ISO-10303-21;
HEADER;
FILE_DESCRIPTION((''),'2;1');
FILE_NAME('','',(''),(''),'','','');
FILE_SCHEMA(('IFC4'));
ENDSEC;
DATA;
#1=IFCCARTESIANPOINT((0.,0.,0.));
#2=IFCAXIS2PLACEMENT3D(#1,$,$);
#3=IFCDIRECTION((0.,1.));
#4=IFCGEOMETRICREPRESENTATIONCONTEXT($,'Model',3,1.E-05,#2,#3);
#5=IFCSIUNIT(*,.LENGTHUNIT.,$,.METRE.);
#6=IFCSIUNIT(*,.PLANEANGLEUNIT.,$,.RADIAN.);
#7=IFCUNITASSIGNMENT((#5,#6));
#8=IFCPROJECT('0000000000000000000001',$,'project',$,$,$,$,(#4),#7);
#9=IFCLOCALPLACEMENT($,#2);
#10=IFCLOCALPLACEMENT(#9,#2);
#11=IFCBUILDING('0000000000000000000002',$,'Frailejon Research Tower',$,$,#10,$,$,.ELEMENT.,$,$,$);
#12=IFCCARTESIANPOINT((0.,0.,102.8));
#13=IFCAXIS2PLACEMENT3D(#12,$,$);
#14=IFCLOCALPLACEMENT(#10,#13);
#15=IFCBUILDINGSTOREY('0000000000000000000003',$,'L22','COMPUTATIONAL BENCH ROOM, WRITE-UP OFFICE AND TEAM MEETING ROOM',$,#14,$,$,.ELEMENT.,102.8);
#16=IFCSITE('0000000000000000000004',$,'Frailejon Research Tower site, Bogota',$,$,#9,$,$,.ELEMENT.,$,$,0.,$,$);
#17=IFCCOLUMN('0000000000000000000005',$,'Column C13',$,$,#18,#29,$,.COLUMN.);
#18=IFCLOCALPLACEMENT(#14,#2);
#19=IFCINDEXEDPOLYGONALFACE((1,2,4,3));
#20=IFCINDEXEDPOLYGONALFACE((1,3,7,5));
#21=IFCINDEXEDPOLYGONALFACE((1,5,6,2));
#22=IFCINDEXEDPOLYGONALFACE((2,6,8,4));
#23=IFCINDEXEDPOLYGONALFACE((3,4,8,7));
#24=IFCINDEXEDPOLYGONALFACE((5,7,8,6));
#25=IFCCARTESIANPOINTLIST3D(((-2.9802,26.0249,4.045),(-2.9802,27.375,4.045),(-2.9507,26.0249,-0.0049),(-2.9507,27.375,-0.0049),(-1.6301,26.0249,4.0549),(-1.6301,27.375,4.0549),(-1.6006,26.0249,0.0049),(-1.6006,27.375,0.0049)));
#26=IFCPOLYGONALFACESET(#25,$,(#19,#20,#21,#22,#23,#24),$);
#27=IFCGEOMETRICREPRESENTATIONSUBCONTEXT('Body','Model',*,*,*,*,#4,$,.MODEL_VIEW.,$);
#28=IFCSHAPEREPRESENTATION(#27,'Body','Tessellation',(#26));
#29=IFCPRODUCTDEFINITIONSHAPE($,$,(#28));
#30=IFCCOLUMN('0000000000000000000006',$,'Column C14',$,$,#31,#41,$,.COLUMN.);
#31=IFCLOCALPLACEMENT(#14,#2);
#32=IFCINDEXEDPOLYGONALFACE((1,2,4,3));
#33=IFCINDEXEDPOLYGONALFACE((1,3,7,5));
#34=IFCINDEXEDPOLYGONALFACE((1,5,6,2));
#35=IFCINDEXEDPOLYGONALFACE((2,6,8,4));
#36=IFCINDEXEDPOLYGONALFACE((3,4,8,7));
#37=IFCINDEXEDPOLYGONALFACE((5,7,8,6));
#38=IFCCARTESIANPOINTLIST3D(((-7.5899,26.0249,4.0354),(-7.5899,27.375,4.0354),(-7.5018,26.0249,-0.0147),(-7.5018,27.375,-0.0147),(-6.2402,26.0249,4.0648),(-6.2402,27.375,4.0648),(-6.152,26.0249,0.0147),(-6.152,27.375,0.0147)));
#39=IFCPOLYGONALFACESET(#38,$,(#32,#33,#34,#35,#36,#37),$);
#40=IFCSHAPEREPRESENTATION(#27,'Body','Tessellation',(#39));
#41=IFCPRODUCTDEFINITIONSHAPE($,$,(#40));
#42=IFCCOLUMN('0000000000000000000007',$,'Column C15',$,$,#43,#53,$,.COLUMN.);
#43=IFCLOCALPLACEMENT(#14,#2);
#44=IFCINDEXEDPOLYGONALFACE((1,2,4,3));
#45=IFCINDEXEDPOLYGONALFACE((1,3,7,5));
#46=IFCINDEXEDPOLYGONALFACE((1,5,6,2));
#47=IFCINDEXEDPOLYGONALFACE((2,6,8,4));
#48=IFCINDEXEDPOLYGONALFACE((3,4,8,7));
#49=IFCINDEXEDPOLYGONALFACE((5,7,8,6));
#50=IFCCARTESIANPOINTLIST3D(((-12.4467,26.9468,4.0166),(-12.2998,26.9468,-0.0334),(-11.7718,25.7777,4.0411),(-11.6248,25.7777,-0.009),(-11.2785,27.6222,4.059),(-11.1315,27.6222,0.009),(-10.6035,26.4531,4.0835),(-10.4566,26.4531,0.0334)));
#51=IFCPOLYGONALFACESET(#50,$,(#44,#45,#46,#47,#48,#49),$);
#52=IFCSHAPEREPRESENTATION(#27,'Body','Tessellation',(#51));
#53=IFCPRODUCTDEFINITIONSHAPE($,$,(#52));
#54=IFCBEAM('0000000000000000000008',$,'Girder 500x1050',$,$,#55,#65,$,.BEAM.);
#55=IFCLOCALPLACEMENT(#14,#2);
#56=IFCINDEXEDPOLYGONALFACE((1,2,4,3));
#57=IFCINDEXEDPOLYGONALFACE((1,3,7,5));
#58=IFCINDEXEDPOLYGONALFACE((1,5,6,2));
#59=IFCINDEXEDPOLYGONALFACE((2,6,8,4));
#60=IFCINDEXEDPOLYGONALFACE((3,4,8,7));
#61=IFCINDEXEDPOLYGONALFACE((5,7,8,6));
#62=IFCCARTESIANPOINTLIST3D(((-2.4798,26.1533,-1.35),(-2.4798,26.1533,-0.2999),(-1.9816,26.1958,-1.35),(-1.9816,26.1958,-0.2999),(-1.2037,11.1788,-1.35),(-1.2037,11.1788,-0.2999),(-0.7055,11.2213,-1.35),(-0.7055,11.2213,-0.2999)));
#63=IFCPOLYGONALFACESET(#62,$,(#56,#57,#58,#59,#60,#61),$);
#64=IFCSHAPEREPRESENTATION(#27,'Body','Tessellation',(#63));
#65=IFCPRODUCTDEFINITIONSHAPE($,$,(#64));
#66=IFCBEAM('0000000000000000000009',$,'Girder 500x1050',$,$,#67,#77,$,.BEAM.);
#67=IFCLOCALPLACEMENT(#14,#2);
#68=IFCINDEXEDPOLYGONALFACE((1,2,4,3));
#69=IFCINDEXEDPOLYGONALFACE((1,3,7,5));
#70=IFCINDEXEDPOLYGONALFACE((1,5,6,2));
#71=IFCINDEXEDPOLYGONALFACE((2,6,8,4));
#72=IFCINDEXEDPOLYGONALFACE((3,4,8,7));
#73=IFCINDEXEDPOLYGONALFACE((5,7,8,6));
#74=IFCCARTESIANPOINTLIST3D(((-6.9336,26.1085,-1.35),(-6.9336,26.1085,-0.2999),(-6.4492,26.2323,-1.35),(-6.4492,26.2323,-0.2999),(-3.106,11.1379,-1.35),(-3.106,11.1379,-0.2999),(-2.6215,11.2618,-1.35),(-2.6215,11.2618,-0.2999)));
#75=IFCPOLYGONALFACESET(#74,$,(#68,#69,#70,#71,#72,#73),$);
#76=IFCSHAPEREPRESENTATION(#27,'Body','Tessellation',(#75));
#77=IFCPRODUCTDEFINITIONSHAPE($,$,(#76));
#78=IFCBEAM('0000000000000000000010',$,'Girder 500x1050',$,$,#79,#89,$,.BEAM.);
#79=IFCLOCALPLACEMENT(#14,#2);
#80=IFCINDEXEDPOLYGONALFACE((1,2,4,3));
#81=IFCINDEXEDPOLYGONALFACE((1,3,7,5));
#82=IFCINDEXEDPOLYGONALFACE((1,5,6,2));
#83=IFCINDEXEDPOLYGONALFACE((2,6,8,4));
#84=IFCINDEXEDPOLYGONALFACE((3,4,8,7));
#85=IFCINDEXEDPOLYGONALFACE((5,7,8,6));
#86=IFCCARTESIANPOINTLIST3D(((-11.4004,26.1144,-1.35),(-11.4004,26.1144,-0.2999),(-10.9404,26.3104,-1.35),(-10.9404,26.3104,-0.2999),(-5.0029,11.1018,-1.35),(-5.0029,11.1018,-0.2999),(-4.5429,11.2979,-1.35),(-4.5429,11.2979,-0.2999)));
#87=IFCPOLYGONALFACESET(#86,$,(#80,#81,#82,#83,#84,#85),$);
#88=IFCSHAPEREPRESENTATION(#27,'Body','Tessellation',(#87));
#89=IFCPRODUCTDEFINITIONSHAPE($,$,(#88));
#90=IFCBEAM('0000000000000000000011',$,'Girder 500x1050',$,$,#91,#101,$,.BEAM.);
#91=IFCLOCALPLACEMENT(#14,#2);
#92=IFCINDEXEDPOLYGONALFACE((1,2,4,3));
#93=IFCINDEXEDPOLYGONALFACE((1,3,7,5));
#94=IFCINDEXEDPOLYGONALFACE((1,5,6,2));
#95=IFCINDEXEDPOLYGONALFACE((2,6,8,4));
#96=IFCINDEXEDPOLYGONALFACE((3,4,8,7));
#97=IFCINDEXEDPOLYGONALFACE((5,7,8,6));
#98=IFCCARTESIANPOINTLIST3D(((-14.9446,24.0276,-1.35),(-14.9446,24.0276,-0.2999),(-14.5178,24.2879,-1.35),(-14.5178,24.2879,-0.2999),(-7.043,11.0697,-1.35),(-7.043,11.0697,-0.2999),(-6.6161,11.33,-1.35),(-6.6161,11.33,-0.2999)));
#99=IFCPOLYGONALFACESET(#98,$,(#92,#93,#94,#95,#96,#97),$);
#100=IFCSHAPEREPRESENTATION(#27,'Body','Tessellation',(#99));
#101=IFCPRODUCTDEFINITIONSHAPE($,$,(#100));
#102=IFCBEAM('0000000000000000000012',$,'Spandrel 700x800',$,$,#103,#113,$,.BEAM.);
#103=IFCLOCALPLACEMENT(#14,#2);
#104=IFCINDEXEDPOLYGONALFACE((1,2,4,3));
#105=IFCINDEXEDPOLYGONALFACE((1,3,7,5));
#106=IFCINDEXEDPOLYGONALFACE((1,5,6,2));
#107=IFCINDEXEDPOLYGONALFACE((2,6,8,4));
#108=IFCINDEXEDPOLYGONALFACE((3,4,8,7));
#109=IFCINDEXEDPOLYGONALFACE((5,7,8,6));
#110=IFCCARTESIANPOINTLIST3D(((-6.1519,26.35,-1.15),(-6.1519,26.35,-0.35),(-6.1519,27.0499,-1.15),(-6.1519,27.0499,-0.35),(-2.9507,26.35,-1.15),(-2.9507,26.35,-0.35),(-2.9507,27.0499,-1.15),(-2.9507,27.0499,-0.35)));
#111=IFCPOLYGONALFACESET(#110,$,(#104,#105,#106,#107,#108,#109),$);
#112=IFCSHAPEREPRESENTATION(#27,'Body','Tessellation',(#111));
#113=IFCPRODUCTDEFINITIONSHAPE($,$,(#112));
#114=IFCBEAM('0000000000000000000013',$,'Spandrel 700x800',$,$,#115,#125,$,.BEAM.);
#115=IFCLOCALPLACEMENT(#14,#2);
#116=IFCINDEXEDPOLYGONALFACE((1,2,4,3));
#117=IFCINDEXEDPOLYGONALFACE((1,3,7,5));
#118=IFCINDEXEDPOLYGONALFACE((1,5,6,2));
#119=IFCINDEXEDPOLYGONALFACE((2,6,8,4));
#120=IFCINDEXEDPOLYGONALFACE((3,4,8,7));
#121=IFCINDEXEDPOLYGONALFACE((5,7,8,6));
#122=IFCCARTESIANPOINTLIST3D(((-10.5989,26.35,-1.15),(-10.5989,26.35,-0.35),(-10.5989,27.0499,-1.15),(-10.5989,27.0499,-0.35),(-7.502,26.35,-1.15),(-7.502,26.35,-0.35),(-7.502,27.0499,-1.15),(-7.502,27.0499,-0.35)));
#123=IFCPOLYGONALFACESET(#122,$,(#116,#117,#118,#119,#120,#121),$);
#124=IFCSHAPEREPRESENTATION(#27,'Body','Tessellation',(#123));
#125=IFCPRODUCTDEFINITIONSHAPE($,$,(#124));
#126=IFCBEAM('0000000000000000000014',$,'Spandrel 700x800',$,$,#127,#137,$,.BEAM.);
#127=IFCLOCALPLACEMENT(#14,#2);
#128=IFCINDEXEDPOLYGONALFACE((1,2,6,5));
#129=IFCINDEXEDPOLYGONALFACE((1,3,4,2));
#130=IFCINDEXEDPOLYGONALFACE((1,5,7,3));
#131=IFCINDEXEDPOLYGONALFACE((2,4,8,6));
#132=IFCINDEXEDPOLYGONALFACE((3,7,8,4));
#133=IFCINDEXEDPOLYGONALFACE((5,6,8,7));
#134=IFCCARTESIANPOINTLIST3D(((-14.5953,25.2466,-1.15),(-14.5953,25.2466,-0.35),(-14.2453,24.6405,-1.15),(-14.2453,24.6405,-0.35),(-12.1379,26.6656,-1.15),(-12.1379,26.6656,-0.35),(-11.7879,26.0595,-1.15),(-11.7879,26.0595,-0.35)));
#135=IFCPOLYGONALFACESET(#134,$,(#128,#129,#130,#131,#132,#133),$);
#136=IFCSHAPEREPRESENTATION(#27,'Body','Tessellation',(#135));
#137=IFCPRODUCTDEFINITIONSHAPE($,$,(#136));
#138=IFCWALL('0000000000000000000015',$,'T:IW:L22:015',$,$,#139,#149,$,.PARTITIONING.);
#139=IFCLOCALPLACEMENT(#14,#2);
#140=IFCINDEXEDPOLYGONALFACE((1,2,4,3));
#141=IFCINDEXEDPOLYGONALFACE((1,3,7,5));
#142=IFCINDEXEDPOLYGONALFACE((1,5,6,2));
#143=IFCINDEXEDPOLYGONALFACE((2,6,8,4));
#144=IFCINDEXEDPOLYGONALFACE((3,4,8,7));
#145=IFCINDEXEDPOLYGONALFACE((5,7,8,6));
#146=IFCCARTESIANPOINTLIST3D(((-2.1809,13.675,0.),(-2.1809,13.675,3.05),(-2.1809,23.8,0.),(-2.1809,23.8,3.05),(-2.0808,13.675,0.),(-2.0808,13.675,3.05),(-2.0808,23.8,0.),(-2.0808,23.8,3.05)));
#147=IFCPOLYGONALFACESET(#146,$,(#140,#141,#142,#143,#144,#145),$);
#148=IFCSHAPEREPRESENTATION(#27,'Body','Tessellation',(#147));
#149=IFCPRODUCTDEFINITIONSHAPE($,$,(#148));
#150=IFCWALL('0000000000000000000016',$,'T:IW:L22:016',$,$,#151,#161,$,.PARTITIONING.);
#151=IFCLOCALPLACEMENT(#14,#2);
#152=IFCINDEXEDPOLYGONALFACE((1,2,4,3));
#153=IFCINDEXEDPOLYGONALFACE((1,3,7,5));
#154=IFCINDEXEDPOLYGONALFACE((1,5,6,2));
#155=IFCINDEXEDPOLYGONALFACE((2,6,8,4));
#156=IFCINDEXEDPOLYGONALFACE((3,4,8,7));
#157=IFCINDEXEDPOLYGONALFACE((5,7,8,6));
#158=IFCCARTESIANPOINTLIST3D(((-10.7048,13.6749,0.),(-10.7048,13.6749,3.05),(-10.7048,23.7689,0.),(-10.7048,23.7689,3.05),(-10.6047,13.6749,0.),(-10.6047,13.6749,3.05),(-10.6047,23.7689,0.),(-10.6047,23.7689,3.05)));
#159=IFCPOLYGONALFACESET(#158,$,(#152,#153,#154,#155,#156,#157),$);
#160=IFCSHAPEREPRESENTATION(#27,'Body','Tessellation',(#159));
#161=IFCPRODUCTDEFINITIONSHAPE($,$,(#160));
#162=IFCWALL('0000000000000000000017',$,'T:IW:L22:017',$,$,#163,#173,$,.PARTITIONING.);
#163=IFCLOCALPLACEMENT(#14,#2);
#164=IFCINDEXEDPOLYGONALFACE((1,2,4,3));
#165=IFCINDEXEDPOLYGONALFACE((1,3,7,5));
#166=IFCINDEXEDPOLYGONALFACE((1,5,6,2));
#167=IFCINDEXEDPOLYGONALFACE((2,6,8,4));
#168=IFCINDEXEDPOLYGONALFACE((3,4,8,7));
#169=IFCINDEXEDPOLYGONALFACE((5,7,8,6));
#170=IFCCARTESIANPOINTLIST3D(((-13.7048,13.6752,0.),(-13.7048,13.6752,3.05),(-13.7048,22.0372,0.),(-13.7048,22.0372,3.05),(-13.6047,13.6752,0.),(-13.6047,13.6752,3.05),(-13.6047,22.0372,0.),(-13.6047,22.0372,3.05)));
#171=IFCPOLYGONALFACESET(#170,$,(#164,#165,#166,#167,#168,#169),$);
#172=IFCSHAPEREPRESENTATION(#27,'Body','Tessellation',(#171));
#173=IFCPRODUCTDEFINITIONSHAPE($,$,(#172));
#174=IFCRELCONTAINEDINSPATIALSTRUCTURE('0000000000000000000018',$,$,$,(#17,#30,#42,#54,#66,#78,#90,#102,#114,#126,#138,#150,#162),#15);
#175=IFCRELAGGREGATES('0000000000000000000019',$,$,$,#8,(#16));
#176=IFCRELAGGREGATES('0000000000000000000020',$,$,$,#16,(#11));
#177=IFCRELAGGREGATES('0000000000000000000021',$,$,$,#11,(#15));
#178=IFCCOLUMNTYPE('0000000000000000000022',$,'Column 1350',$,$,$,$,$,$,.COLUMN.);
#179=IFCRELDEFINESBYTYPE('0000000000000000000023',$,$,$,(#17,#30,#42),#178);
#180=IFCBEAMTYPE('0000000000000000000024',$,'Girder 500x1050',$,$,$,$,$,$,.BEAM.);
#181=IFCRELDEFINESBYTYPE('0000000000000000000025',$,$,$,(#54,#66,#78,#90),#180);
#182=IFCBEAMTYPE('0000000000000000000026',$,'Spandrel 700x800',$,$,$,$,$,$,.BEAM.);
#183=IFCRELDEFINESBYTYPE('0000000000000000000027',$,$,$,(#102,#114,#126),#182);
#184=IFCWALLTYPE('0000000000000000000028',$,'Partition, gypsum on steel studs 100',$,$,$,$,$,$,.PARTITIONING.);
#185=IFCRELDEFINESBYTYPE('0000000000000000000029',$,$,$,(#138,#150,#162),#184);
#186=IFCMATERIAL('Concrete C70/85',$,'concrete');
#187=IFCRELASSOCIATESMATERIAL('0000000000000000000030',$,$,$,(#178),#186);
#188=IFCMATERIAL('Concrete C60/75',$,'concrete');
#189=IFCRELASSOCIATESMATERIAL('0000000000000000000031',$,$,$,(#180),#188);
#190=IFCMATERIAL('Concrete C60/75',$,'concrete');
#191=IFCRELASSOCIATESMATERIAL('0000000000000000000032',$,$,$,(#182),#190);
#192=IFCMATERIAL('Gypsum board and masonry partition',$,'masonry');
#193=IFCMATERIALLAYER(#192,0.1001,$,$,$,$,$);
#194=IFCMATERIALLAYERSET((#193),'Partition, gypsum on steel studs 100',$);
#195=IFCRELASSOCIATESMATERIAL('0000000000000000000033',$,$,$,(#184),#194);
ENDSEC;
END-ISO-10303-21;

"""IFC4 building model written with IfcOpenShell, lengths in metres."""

from ifc_helpers import new_model, si_unit, direction, frame, frame_2d, origin, origin_2d, place, context, subcontext, project, spatial, rectangle, extrude, material, layer, layer_set, material_profile, profile_set, type_object, element, save


model = new_model("IFC4")

# Units and contexts
model_context = context("Model", 3, precision=1e-05, world=origin(), true_north=direction((0.0, 1.0)))
body_context = subcontext(model_context, "Body", "Model", "MODEL_VIEW")
ifc_project = project(units=[si_unit("LENGTHUNIT", "METRE"), si_unit("PLANEANGLEUNIT", "RADIAN")], contexts=[model_context])

# Site, building, storey
site_placement = place(None, origin())
site = spatial("IfcSite", under=ifc_project, at=site_placement, Name="Frailejon Research Tower site, Bogota", CompositionType="ELEMENT", RefElevation=0.0)
building_placement = place(site_placement, origin())
building = spatial("IfcBuilding", under=site, at=building_placement, Name="Frailejon Research Tower", CompositionType="ELEMENT")
storey_placement = place(building_placement, frame((0.0, 0.0, 102.8)))
storey = spatial("IfcBuildingStorey", under=building, at=storey_placement, Name="L22", Description="COMPUTATIONAL BENCH ROOM, WRITE-UP OFFICE AND TEAM MEETING ROOM", CompositionType="ELEMENT", Elevation=102.8)

# Columns
ifc_material_1 = material(Name="Concrete C70/85", Category="concrete")
ifc_material_profile_1 = material_profile(ifc_material_1, rectangle(XDim=1.3501, YDim=1.3501, at=origin_2d()), Name="Column 1350")
ifc_profile_set_1 = profile_set([ifc_material_profile_1], Name="Concrete C70/85")
column_type = type_object("IfcColumnType", Name="Column 1350", PredefinedType="COLUMN", material=ifc_profile_set_1)
column_1_placement = place(storey_placement, frame((-2.2756, 26.7, 0.0), z_axis=(-0.007294, 0.0, 0.999973), x_axis=(-0.999973, 0.0, -0.007294)))
element("IfcColumn", 1, at=column_1_placement, inside=storey, type_object=column_type, Name="Column C13", PredefinedType="COLUMN", context=body_context, shape_type="SweptSolid", body=[
    extrude(rectangle(XDim=1.3501, YDim=1.3501, at=origin_2d()), origin(), (0.0, 0.0, 1.0), 4.05),
])
column_2_placement = place(storey_placement, frame((-6.8269, 26.7, 0.0), z_axis=(-0.021756, 0.0, 0.999763), x_axis=(-0.999763, 0.0, -0.021756)))
element("IfcColumn", 2, at=column_2_placement, inside=storey, type_object=column_type, Name="Column C14", PredefinedType="COLUMN", context=body_context, shape_type="SweptSolid", body=[
    extrude(rectangle(XDim=1.3501, YDim=1.3501, at=origin_2d()), origin(), (0.0, 0.0, 1.0), 4.051),
])
column_3_placement = place(storey_placement, frame((-11.3782, 26.7, 0.0), z_axis=(-0.036265, 0.0, 0.999342), x_axis=(-0.865314, -0.500246, -0.031401)))
element("IfcColumn", 3, at=column_3_placement, inside=storey, type_object=column_type, Name="Column C15", PredefinedType="COLUMN", context=body_context, shape_type="SweptSolid", body=[
    extrude(rectangle(XDim=1.3501, YDim=1.3501, at=origin_2d()), origin(), (0.0, 0.0, 1.0), 4.0527),
])

# Beams
ifc_material_2 = material(Name="Concrete C60/75", Category="concrete")
ifc_material_profile_2 = material_profile(ifc_material_2, rectangle(XDim=0.5, YDim=1.05, at=origin_2d()), Name="Girder 500x1050")
ifc_profile_set_2 = profile_set([ifc_material_profile_2], Name="Concrete C60/75")
beam_type_1 = type_object("IfcBeamType", Name="Girder 500x1050", PredefinedType="BEAM", material=ifc_profile_set_2)
beam_1_placement = place(storey_placement, frame((-2.2307, 26.1746, -0.825), z_axis=(0.084911, -0.996389, 0.0), x_axis=(0.996389, 0.084911, 0.0)))
element("IfcBeam", 4, at=beam_1_placement, inside=storey, type_object=beam_type_1, Name="Girder 500x1050", PredefinedType="BEAM", context=body_context, shape_type="SweptSolid", body=[
    extrude(rectangle(XDim=0.5, YDim=1.05, at=origin_2d()), origin(), (0.0, 0.0, 1.0), 15.0288),
])
beam_2_placement = place(storey_placement, frame((-6.6914, 26.1704, -0.825), z_axis=(0.247711, -0.968834, 0.0), x_axis=(0.968834, 0.247711, 0.0)))
element("IfcBeam", 5, at=beam_2_placement, inside=storey, type_object=beam_type_1, Name="Girder 500x1050", PredefinedType="BEAM", context=body_context, shape_type="SweptSolid", body=[
    extrude(rectangle(XDim=0.5, YDim=1.05, at=origin_2d()), origin(), (0.0, 0.0, 1.0), 15.4521),
])
beam_3_placement = place(storey_placement, frame((-11.1704, 26.2124, -0.825), z_axis=(0.392032, -0.919952, 0.0), x_axis=(0.919952, 0.392032, 0.0)))
element("IfcBeam", 6, at=beam_3_placement, inside=storey, type_object=beam_type_1, Name="Girder 500x1050", PredefinedType="BEAM", context=body_context, shape_type="SweptSolid", body=[
    extrude(rectangle(XDim=0.5, YDim=1.05, at=origin_2d()), origin(), (0.0, 0.0, 1.0), 16.3188),
])
beam_4_placement = place(storey_placement, frame((-14.7312, 24.1577, -0.825), z_axis=(0.520633, -0.85378, 0.0), x_axis=(0.85378, 0.520633, 0.0)))
element("IfcBeam", 7, at=beam_4_placement, inside=storey, type_object=beam_type_1, Name="Girder 500x1050", PredefinedType="BEAM", context=body_context, shape_type="SweptSolid", body=[
    extrude(rectangle(XDim=0.5, YDim=1.05, at=origin_2d()), origin(), (0.0, 0.0, 1.0), 15.177),
])
ifc_material_3 = material(Name="Concrete C60/75", Category="concrete")
ifc_material_profile_3 = material_profile(ifc_material_3, rectangle(XDim=0.7, YDim=0.8, at=origin_2d()), Name="Spandrel 700x800")
ifc_profile_set_3 = profile_set([ifc_material_profile_3], Name="Concrete C60/75")
beam_type_2 = type_object("IfcBeamType", Name="Spandrel 700x800", PredefinedType="BEAM", material=ifc_profile_set_3)
beam_5_placement = place(storey_placement, frame((-2.9507, 26.7, -0.75), z_axis=(-1.0, 0.0, 0.0), x_axis=(0.0, -1.0, 0.0)))
element("IfcBeam", 8, at=beam_5_placement, inside=storey, type_object=beam_type_2, Name="Spandrel 700x800", PredefinedType="BEAM", context=body_context, shape_type="SweptSolid", body=[
    extrude(rectangle(XDim=0.7, YDim=0.8, at=origin_2d()), origin(), (0.0, 0.0, 1.0), 3.2012),
])
beam_6_placement = place(storey_placement, frame((-7.502, 26.7, -0.75), z_axis=(-1.0, 0.0, 0.0), x_axis=(0.0, -1.0, 0.0)))
element("IfcBeam", 9, at=beam_6_placement, inside=storey, type_object=beam_type_2, Name="Spandrel 700x800", PredefinedType="BEAM", context=body_context, shape_type="SweptSolid", body=[
    extrude(rectangle(XDim=0.7, YDim=0.8, at=origin_2d()), origin(), (0.0, 0.0, 1.0), 3.0969),
])
beam_7_placement = place(storey_placement, frame((-11.9629, 26.3625, -0.75), z_axis=(-0.865989, -0.500063, 0.0), x_axis=(0.500063, -0.865989, 0.0)))
element("IfcBeam", 10, at=beam_7_placement, inside=storey, type_object=beam_type_2, Name="Spandrel 700x800", PredefinedType="BEAM", context=body_context, shape_type="SweptSolid", body=[
    extrude(rectangle(XDim=0.7, YDim=0.8, at=origin_2d()), origin(), (0.0, 0.0, 1.0), 2.8376),
])

# Walls
ifc_material_4 = material(Name="Gypsum board and masonry partition", Category="masonry")
ifc_layer_1 = layer(ifc_material_4, 0.1001)
ifc_layer_set_1 = layer_set([ifc_layer_1], Name="Partition, gypsum on steel studs 100")
wall_type_1 = type_object("IfcWallType", Name="Partition, gypsum on steel studs 100", PredefinedType="PARTITIONING", material=ifc_layer_set_1)
wall_1_placement = place(storey_placement, frame((-2.1309, 13.675, 0.0), z_axis=(0.0, 0.0, 1.0), x_axis=(0.0, 1.0, 0.0)))
element("IfcWall", 11, at=wall_1_placement, inside=storey, type_object=wall_type_1, Name="T:IW:L22:015", PredefinedType="PARTITIONING", context=body_context, shape_type="SweptSolid", body=[
    extrude(rectangle(XDim=10.125, YDim=0.1001, at=frame_2d((5.0625, 0.0))), origin(), (0.0, 0.0, 1.0), 3.05),
])
wall_2_placement = place(storey_placement, frame((-10.6548, 13.675, 0.0), z_axis=(0.0, 0.0, 1.0), x_axis=(0.0, 1.0, 0.0)))
element("IfcWall", 12, at=wall_2_placement, inside=storey, type_object=wall_type_1, Name="T:IW:L22:016", PredefinedType="PARTITIONING", context=body_context, shape_type="SweptSolid", body=[
    extrude(rectangle(XDim=10.094, YDim=0.1001, at=frame_2d((5.0469, 0.0))), origin(), (0.0, 0.0, 1.0), 3.05),
])
wall_3_placement = place(storey_placement, frame((-13.6548, 13.675, 0.0), z_axis=(0.0, 0.0, 1.0), x_axis=(0.0, 1.0, 0.0)))
element("IfcWall", 13, at=wall_3_placement, inside=storey, type_object=wall_type_1, Name="T:IW:L22:017", PredefinedType="PARTITIONING", context=body_context, shape_type="SweptSolid", body=[
    extrude(rectangle(XDim=8.3621, YDim=0.1001, at=frame_2d((4.1812, 0.0))), origin(), (0.0, 0.0, 1.0), 3.05),
])

save(model, "model.ifc")
